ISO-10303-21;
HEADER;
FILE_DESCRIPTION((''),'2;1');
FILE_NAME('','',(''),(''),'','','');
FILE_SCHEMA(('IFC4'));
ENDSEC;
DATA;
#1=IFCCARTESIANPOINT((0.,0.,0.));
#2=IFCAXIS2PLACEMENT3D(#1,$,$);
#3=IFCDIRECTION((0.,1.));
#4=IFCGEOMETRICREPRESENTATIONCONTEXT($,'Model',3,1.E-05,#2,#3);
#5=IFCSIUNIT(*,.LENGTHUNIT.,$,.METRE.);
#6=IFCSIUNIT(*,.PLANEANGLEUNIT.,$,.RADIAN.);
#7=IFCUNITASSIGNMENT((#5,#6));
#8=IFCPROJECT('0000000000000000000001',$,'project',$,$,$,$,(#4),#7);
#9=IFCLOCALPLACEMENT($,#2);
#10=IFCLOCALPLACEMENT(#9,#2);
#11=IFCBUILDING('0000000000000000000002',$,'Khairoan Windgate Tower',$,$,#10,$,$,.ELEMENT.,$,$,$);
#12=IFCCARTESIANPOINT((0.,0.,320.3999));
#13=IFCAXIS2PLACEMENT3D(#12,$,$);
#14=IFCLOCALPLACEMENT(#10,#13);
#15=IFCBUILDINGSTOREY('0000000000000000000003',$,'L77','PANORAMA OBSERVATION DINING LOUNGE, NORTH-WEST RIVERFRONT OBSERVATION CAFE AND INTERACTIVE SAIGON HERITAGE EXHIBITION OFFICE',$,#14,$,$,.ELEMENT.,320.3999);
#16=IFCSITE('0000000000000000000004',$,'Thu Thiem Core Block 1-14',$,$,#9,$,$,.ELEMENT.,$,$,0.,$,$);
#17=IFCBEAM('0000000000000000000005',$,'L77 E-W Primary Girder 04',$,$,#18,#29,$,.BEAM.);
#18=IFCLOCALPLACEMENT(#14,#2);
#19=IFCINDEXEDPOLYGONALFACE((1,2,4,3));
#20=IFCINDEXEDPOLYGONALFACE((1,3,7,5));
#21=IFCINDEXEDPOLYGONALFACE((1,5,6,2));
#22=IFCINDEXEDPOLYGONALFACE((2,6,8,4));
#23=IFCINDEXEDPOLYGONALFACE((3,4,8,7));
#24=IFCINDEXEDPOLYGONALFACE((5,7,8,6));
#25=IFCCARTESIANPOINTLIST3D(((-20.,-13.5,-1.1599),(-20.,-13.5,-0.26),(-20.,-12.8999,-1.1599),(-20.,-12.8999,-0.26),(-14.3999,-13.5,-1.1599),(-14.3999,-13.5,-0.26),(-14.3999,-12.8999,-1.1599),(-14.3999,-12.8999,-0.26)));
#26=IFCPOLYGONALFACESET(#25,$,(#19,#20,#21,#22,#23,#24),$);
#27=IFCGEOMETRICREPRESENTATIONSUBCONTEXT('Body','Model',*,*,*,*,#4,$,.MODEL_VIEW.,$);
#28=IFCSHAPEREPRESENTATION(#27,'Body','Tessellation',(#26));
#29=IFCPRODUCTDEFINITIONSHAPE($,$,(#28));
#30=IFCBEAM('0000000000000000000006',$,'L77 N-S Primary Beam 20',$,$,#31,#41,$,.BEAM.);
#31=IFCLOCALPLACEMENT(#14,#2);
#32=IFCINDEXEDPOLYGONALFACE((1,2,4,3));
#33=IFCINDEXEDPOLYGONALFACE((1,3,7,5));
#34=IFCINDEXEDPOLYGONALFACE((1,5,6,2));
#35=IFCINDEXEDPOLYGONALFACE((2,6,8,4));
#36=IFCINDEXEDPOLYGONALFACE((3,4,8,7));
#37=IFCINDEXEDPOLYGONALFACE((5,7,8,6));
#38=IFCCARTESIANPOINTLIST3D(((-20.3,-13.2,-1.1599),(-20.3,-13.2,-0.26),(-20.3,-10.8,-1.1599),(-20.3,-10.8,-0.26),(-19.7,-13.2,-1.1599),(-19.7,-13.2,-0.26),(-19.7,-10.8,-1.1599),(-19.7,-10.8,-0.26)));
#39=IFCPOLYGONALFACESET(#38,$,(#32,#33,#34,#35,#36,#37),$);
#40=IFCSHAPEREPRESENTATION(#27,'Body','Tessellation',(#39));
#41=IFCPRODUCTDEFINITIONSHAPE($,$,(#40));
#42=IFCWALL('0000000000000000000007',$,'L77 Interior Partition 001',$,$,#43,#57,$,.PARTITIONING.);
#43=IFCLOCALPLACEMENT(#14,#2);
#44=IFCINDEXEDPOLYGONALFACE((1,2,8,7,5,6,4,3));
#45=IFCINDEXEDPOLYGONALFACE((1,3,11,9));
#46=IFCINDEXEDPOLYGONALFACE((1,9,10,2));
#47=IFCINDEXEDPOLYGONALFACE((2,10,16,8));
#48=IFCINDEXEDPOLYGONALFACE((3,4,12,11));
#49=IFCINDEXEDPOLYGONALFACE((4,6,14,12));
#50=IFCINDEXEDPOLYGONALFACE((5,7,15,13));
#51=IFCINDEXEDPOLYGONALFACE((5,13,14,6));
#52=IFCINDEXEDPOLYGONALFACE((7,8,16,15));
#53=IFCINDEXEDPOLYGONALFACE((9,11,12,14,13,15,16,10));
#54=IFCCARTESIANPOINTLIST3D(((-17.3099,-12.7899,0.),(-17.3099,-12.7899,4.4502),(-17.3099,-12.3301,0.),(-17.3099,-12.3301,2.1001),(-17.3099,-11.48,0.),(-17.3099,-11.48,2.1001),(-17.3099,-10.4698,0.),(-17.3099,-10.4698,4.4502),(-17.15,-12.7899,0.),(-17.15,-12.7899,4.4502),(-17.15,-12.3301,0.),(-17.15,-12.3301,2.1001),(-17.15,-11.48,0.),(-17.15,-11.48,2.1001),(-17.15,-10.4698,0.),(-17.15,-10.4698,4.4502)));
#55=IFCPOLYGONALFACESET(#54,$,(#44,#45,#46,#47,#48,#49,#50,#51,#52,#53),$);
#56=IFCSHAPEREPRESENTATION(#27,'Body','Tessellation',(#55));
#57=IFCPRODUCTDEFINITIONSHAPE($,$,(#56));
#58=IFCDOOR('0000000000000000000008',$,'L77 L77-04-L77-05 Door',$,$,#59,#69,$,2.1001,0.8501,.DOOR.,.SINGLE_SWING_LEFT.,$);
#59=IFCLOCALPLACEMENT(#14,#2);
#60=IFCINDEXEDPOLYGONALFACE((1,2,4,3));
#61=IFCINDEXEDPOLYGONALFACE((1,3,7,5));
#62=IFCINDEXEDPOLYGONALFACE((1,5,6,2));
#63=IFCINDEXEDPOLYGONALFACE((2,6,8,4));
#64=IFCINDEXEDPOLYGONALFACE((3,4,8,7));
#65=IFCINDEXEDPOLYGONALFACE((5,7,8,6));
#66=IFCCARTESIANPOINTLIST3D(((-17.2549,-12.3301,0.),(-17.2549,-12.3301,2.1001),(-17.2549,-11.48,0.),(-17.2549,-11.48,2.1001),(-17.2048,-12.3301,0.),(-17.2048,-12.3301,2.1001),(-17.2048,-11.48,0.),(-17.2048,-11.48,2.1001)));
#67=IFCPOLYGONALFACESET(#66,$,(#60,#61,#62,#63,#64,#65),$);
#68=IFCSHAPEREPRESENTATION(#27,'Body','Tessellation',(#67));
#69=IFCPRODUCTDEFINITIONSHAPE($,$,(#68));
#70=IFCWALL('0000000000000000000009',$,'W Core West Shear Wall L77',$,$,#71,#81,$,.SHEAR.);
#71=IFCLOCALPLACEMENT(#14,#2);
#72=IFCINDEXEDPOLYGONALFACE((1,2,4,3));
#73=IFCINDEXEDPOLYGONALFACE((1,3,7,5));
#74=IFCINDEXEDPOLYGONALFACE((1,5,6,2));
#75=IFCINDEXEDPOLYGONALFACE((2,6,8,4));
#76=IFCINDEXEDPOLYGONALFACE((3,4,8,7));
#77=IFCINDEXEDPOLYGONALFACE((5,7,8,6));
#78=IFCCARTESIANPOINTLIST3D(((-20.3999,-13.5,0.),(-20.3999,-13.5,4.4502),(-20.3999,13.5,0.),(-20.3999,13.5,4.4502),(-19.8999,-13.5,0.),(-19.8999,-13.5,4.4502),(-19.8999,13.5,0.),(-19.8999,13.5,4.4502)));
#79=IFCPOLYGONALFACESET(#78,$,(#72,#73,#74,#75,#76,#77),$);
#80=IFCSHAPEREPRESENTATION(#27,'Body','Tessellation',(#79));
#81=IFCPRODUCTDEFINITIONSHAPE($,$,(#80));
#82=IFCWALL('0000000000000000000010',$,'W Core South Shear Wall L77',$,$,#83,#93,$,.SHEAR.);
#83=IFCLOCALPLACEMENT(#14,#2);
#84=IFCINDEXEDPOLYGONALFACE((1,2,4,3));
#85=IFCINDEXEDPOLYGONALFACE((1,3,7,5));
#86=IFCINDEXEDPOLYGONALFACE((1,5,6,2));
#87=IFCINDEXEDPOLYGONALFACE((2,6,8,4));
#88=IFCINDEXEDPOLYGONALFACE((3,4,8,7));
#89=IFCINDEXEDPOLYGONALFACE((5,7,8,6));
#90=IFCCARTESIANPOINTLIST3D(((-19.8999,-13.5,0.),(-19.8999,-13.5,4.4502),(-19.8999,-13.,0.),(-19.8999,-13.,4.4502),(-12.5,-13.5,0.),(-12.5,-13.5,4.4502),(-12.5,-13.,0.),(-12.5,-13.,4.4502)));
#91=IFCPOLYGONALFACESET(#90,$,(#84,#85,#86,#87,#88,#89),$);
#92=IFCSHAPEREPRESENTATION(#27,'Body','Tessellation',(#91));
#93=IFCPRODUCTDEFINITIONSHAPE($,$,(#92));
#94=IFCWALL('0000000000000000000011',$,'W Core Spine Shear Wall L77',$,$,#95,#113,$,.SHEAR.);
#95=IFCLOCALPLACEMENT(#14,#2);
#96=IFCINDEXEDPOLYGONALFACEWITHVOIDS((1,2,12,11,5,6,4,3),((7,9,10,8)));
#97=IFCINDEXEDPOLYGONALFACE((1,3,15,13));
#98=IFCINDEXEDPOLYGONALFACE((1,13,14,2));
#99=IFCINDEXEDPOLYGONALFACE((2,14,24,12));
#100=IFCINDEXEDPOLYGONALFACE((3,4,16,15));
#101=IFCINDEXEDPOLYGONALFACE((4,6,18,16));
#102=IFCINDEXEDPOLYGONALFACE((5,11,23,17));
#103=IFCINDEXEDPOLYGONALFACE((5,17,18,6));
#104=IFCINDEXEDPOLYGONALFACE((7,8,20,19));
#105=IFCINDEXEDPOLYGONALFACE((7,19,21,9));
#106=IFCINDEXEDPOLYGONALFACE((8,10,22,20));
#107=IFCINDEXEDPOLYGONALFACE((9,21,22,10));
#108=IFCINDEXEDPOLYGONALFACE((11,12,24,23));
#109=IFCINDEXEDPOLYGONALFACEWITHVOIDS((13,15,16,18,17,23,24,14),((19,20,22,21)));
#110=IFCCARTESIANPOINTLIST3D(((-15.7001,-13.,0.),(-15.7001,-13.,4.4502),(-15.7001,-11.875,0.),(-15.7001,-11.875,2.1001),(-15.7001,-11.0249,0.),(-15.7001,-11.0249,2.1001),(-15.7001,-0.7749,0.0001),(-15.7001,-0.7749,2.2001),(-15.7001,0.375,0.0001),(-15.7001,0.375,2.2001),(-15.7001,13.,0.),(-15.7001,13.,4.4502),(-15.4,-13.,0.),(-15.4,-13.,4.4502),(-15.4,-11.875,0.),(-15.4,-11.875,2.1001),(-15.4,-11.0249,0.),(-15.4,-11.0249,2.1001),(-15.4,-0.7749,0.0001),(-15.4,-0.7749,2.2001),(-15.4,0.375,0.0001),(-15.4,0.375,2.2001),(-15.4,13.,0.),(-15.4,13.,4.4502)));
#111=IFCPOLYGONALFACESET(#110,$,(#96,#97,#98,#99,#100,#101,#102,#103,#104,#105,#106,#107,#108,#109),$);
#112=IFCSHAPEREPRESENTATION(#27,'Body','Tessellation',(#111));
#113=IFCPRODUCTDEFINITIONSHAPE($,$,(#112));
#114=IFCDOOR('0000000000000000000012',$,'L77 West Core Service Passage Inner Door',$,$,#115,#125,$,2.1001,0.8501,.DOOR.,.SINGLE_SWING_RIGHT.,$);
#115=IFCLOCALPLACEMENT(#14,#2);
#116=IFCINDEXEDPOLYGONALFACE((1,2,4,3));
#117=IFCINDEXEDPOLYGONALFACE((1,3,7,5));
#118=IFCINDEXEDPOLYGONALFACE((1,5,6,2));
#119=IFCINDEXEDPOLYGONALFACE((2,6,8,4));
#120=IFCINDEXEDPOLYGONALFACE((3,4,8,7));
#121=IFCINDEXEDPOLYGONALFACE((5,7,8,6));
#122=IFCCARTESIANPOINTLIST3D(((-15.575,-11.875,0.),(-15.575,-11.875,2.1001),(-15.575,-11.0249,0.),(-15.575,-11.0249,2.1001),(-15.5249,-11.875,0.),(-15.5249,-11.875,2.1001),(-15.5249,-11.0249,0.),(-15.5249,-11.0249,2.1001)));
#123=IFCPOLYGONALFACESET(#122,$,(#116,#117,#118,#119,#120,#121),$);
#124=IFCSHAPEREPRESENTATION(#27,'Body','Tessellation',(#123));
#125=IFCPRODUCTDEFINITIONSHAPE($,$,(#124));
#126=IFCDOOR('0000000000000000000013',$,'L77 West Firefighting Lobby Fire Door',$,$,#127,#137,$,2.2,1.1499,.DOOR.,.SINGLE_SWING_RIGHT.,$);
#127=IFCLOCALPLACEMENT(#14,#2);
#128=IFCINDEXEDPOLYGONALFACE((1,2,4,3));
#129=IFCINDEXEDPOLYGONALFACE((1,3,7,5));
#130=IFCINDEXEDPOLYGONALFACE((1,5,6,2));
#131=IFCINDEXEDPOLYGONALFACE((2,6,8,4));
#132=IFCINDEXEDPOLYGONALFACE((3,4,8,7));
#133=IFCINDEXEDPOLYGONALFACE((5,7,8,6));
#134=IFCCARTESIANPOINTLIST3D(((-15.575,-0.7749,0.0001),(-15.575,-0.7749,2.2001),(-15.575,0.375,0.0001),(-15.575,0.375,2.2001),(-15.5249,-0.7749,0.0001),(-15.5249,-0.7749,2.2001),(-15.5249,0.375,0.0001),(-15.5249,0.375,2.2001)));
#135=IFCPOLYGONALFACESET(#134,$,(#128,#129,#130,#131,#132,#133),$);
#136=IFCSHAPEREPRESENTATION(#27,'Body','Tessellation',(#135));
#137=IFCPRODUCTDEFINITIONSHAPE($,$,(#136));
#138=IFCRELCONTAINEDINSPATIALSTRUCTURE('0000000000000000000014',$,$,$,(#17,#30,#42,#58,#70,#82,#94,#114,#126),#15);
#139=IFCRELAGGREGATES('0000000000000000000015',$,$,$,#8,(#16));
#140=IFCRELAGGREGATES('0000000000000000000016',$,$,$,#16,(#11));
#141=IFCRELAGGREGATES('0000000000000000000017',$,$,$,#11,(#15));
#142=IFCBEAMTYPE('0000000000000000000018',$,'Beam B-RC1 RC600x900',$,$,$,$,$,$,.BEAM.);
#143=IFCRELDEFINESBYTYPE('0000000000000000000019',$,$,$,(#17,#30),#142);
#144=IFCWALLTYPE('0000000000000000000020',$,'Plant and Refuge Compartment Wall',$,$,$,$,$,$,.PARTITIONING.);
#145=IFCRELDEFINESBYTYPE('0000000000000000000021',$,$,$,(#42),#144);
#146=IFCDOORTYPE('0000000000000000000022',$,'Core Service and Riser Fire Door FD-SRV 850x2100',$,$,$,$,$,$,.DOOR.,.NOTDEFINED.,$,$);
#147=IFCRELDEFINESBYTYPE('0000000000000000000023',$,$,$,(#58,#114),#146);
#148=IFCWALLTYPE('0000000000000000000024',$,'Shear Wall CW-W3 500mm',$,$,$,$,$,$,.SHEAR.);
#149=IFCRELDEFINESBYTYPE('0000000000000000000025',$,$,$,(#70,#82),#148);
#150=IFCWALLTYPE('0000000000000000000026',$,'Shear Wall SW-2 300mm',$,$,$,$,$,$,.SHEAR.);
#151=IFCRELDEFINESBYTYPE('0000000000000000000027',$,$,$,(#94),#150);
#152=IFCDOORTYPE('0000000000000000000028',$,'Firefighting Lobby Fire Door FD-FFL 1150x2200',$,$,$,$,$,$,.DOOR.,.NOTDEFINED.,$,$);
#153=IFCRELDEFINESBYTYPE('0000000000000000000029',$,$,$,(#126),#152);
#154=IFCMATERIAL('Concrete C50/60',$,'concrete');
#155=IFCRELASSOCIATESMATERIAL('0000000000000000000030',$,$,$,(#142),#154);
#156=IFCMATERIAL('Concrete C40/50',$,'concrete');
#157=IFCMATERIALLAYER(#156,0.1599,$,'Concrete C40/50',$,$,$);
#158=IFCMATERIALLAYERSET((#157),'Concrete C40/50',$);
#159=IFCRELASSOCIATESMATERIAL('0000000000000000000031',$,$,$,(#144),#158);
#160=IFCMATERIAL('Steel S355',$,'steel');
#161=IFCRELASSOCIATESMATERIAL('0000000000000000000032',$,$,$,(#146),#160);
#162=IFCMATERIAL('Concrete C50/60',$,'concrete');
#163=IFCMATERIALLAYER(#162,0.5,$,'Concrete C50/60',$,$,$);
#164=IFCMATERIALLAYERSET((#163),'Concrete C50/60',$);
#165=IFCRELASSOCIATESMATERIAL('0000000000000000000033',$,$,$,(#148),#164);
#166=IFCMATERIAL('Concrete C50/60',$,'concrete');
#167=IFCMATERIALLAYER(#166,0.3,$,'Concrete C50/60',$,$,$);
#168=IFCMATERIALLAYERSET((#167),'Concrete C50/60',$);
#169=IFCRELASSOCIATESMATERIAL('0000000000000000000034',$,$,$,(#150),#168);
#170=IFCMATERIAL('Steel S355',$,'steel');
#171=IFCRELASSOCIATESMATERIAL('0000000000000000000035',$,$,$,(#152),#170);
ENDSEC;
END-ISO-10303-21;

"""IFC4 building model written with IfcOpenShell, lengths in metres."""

from ifc_helpers import new_model, si_unit, direction, frame, frame_2d, origin, origin_2d, place, context, subcontext, project, spatial, rectangle, extrude, material, layer, layer_set, material_profile, profile_set, type_object, element, fill, save


model = new_model("IFC4")

# Units and contexts
model_context = context("Model", 3, precision=1e-05, world=origin(), true_north=direction((0.0, 1.0)))
body_context = subcontext(model_context, "Body", "Model", "MODEL_VIEW")
ifc_project = project(units=[si_unit("LENGTHUNIT", "METRE"), si_unit("PLANEANGLEUNIT", "RADIAN")], contexts=[model_context])

# Site, building, storey
site_placement = place(None, origin())
site = spatial("IfcSite", under=ifc_project, at=site_placement, Name="Thu Thiem Core Block 1-14", CompositionType="ELEMENT", RefElevation=0.0)
building_placement = place(site_placement, origin())
building = spatial("IfcBuilding", under=site, at=building_placement, Name="Khairoan Windgate Tower", CompositionType="ELEMENT")
storey_placement = place(building_placement, frame((0.0, 0.0, 320.3999)))
storey = spatial("IfcBuildingStorey", under=building, at=storey_placement, Name="L77", Description="PANORAMA OBSERVATION DINING LOUNGE, NORTH-WEST RIVERFRONT OBSERVATION CAFE AND INTERACTIVE SAIGON HERITAGE EXHIBITION OFFICE", CompositionType="ELEMENT", Elevation=320.3999)

# Beams
ifc_material_1 = material(Name="Concrete C50/60", Category="concrete")
ifc_material_profile = material_profile(ifc_material_1, rectangle(XDim=0.6001, YDim=0.8999, at=origin_2d()))
ifc_profile_set = profile_set([ifc_material_profile], Name="Concrete C50/60")
beam_type = type_object("IfcBeamType", Name="Beam B-RC1 RC600x900", PredefinedType="BEAM", material=ifc_profile_set)
beam_1_placement = place(storey_placement, frame((-20.0, -13.2, -0.71), z_axis=(1.0, 0.0, 0.0), x_axis=(0.0, 1.0, 0.0)))
element("IfcBeam", 1, at=beam_1_placement, inside=storey, type_object=beam_type, Name="L77 E-W Primary Girder 04", PredefinedType="BEAM", context=body_context, shape_type="SweptSolid", body=[
    extrude(rectangle(XDim=0.6001, YDim=0.8999, at=origin_2d()), origin(), (0.0, 0.0, 1.0), 5.6001),
])
beam_2_placement = place(storey_placement, frame((-20.0, -13.2, -0.71), z_axis=(0.0, 1.0, 0.0), x_axis=(-1.0, 0.0, 0.0)))
element("IfcBeam", 2, at=beam_2_placement, inside=storey, type_object=beam_type, Name="L77 N-S Primary Beam 20", PredefinedType="BEAM", context=body_context, shape_type="SweptSolid", body=[
    extrude(rectangle(XDim=0.6001, YDim=0.8999, at=origin_2d()), origin(), (0.0, 0.0, 1.0), 2.3999),
])

# Wall, opening, door
ifc_material_2 = material(Name="Concrete C40/50", Category="concrete")
ifc_layer_1 = layer(ifc_material_2, 0.1599, Name="Concrete C40/50")
ifc_layer_set_1 = layer_set([ifc_layer_1], Name="Concrete C40/50")
wall_type_1 = type_object("IfcWallType", Name="Plant and Refuge Compartment Wall", PredefinedType="PARTITIONING", material=ifc_layer_set_1)
wall_1_placement = place(storey_placement, frame((-17.23, -12.79, 0.0), z_axis=(0.0, 0.0, 1.0), x_axis=(0.0, 1.0, 0.0)))
wall_1 = element("IfcWall", 3, at=wall_1_placement, inside=storey, type_object=wall_type_1, Name="L77 Interior Partition 001", PredefinedType="PARTITIONING", context=body_context, shape_type="SweptSolid", body=[
    extrude(rectangle(XDim=2.3201, YDim=0.1599, at=frame_2d((1.1602, 0.0))), origin(), (0.0, 0.0, 1.0), 4.4502),
])
opening_1_placement = place(wall_1_placement, frame((0.46, 0.0, 0.0)))
opening_1 = element("IfcOpeningElement", 4, at=opening_1_placement, cuts=wall_1, PredefinedType="OPENING", context=body_context, shape_type="SweptSolid", body=[
    extrude(rectangle(XDim=0.8501, YDim=2.1001, at=frame_2d((0.425, 1.05))), frame((0.0, 0.0898, 0.0), z_axis=(0.0, -1.0, 0.0), x_axis=(1.0, 0.0, 0.0)), (0.0, 0.0, 1.0), 0.1799),
])
ifc_material_3 = material(Name="Steel S355", Category="steel")
door_type_1 = type_object("IfcDoorType", Name="Core Service and Riser Fire Door FD-SRV 850x2100", OperationType="NOTDEFINED", PredefinedType="DOOR", material=ifc_material_3)
door_1_placement = place(opening_1_placement, origin())
door_1 = element("IfcDoor", 5, at=door_1_placement, inside=storey, type_object=door_type_1, Name="L77 L77-04-L77-05 Door", OperationType="SINGLE_SWING_LEFT", OverallHeight=2.1001, OverallWidth=0.8501, PredefinedType="DOOR", context=body_context, shape_type="SweptSolid", body=[
    extrude(rectangle(XDim=0.8501, YDim=2.1001, at=frame_2d((0.425, 1.05))), frame((0.0, 0.0249, 0.0), z_axis=(0.0, -1.0, 0.0), x_axis=(1.0, 0.0, 0.0)), (0.0, 0.0, 1.0), 0.05),
])
fill(opening_1, door_1)

# Walls
ifc_material_4 = material(Name="Concrete C50/60", Category="concrete")
ifc_layer_2 = layer(ifc_material_4, 0.5, Name="Concrete C50/60")
ifc_layer_set_2 = layer_set([ifc_layer_2], Name="Concrete C50/60")
wall_type_2 = type_object("IfcWallType", Name="Shear Wall CW-W3 500mm", PredefinedType="SHEAR", material=ifc_layer_set_2)
wall_2_placement = place(storey_placement, frame((-20.1499, -13.5, 0.0), z_axis=(0.0, 0.0, 1.0), x_axis=(0.0, 1.0, 0.0)))
element("IfcWall", 6, at=wall_2_placement, inside=storey, type_object=wall_type_2, Name="W Core West Shear Wall L77", PredefinedType="SHEAR", context=body_context, shape_type="SweptSolid", body=[
    extrude(rectangle(XDim=27.0, YDim=0.5, at=frame_2d((13.5, 0.0))), origin(), (0.0, 0.0, 1.0), 4.4502),
])
wall_3_placement = place(storey_placement, frame((-19.8999, -13.25, 0.0), z_axis=(0.0, 0.0, 1.0), x_axis=(1.0, 0.0, 0.0)))
element("IfcWall", 7, at=wall_3_placement, inside=storey, type_object=wall_type_2, Name="W Core South Shear Wall L77", PredefinedType="SHEAR", context=body_context, shape_type="SweptSolid", body=[
    extrude(rectangle(XDim=7.3999, YDim=0.5, at=frame_2d((3.7, 0.0))), origin(), (0.0, 0.0, 1.0), 4.4502),
])

# Wall, openings, doors
ifc_material_5 = material(Name="Concrete C50/60", Category="concrete")
ifc_layer_3 = layer(ifc_material_5, 0.3, Name="Concrete C50/60")
ifc_layer_set_3 = layer_set([ifc_layer_3], Name="Concrete C50/60")
wall_type_3 = type_object("IfcWallType", Name="Shear Wall SW-2 300mm", PredefinedType="SHEAR", material=ifc_layer_set_3)
wall_4_placement = place(storey_placement, frame((-15.55, -13.0, 0.0), z_axis=(0.0, 0.0, 1.0), x_axis=(0.0, 1.0, 0.0)))
wall_4 = element("IfcWall", 8, at=wall_4_placement, inside=storey, type_object=wall_type_3, Name="W Core Spine Shear Wall L77", PredefinedType="SHEAR", context=body_context, shape_type="SweptSolid", body=[
    extrude(rectangle(XDim=26.0, YDim=0.3, at=frame_2d((13.0, 0.0))), origin(), (0.0, 0.0, 1.0), 4.4502),
])
opening_2_placement = place(wall_4_placement, frame((12.2251, 0.0, 0.0)))
opening_2 = element("IfcOpeningElement", 9, at=opening_2_placement, cuts=wall_4, PredefinedType="OPENING", context=body_context, shape_type="SweptSolid", body=[
    extrude(rectangle(XDim=1.1499, YDim=2.2, at=frame_2d((0.575, 1.1001))), frame((0.0, 0.1599, 0.0), z_axis=(0.0, -1.0, 0.0), x_axis=(1.0, 0.0, 0.0)), (0.0, 0.0, 1.0), 0.3201),
])
opening_3_placement = place(wall_4_placement, frame((1.125, 0.0, 0.0)))
opening_3 = element("IfcOpeningElement", 10, at=opening_3_placement, cuts=wall_4, PredefinedType="OPENING", context=body_context, shape_type="SweptSolid", body=[
    extrude(rectangle(XDim=0.8501, YDim=2.1001, at=frame_2d((0.425, 1.05))), frame((0.0, 0.1599, 0.0), z_axis=(0.0, -1.0, 0.0), x_axis=(1.0, 0.0, 0.0)), (0.0, 0.0, 1.0), 0.3201),
])
door_2_placement = place(opening_3_placement, origin())
door_2 = element("IfcDoor", 11, at=door_2_placement, inside=storey, type_object=door_type_1, Name="L77 West Core Service Passage Inner Door", OperationType="SINGLE_SWING_RIGHT", OverallHeight=2.1001, OverallWidth=0.8501, PredefinedType="DOOR", context=body_context, shape_type="SweptSolid", body=[
    extrude(rectangle(XDim=0.8501, YDim=2.1001, at=frame_2d((0.425, 1.05))), frame((0.0, 0.0249, 0.0), z_axis=(0.0, -1.0, 0.0), x_axis=(1.0, 0.0, 0.0)), (0.0, 0.0, 1.0), 0.05),
])
fill(opening_3, door_2)
ifc_material_6 = material(Name="Steel S355", Category="steel")
door_type_2 = type_object("IfcDoorType", Name="Firefighting Lobby Fire Door FD-FFL 1150x2200", OperationType="NOTDEFINED", PredefinedType="DOOR", material=ifc_material_6)
door_3_placement = place(opening_2_placement, origin())
door_3 = element("IfcDoor", 12, at=door_3_placement, inside=storey, type_object=door_type_2, Name="L77 West Firefighting Lobby Fire Door", OperationType="SINGLE_SWING_RIGHT", OverallHeight=2.2, OverallWidth=1.1499, PredefinedType="DOOR", context=body_context, shape_type="SweptSolid", body=[
    extrude(rectangle(XDim=1.1499, YDim=2.2, at=frame_2d((0.575, 1.1001))), frame((0.0, 0.0249, 0.0), z_axis=(0.0, -1.0, 0.0), x_axis=(1.0, 0.0, 0.0)), (0.0, 0.0, 1.0), 0.05),
])
fill(opening_2, door_3)

save(model, "model.ifc")
